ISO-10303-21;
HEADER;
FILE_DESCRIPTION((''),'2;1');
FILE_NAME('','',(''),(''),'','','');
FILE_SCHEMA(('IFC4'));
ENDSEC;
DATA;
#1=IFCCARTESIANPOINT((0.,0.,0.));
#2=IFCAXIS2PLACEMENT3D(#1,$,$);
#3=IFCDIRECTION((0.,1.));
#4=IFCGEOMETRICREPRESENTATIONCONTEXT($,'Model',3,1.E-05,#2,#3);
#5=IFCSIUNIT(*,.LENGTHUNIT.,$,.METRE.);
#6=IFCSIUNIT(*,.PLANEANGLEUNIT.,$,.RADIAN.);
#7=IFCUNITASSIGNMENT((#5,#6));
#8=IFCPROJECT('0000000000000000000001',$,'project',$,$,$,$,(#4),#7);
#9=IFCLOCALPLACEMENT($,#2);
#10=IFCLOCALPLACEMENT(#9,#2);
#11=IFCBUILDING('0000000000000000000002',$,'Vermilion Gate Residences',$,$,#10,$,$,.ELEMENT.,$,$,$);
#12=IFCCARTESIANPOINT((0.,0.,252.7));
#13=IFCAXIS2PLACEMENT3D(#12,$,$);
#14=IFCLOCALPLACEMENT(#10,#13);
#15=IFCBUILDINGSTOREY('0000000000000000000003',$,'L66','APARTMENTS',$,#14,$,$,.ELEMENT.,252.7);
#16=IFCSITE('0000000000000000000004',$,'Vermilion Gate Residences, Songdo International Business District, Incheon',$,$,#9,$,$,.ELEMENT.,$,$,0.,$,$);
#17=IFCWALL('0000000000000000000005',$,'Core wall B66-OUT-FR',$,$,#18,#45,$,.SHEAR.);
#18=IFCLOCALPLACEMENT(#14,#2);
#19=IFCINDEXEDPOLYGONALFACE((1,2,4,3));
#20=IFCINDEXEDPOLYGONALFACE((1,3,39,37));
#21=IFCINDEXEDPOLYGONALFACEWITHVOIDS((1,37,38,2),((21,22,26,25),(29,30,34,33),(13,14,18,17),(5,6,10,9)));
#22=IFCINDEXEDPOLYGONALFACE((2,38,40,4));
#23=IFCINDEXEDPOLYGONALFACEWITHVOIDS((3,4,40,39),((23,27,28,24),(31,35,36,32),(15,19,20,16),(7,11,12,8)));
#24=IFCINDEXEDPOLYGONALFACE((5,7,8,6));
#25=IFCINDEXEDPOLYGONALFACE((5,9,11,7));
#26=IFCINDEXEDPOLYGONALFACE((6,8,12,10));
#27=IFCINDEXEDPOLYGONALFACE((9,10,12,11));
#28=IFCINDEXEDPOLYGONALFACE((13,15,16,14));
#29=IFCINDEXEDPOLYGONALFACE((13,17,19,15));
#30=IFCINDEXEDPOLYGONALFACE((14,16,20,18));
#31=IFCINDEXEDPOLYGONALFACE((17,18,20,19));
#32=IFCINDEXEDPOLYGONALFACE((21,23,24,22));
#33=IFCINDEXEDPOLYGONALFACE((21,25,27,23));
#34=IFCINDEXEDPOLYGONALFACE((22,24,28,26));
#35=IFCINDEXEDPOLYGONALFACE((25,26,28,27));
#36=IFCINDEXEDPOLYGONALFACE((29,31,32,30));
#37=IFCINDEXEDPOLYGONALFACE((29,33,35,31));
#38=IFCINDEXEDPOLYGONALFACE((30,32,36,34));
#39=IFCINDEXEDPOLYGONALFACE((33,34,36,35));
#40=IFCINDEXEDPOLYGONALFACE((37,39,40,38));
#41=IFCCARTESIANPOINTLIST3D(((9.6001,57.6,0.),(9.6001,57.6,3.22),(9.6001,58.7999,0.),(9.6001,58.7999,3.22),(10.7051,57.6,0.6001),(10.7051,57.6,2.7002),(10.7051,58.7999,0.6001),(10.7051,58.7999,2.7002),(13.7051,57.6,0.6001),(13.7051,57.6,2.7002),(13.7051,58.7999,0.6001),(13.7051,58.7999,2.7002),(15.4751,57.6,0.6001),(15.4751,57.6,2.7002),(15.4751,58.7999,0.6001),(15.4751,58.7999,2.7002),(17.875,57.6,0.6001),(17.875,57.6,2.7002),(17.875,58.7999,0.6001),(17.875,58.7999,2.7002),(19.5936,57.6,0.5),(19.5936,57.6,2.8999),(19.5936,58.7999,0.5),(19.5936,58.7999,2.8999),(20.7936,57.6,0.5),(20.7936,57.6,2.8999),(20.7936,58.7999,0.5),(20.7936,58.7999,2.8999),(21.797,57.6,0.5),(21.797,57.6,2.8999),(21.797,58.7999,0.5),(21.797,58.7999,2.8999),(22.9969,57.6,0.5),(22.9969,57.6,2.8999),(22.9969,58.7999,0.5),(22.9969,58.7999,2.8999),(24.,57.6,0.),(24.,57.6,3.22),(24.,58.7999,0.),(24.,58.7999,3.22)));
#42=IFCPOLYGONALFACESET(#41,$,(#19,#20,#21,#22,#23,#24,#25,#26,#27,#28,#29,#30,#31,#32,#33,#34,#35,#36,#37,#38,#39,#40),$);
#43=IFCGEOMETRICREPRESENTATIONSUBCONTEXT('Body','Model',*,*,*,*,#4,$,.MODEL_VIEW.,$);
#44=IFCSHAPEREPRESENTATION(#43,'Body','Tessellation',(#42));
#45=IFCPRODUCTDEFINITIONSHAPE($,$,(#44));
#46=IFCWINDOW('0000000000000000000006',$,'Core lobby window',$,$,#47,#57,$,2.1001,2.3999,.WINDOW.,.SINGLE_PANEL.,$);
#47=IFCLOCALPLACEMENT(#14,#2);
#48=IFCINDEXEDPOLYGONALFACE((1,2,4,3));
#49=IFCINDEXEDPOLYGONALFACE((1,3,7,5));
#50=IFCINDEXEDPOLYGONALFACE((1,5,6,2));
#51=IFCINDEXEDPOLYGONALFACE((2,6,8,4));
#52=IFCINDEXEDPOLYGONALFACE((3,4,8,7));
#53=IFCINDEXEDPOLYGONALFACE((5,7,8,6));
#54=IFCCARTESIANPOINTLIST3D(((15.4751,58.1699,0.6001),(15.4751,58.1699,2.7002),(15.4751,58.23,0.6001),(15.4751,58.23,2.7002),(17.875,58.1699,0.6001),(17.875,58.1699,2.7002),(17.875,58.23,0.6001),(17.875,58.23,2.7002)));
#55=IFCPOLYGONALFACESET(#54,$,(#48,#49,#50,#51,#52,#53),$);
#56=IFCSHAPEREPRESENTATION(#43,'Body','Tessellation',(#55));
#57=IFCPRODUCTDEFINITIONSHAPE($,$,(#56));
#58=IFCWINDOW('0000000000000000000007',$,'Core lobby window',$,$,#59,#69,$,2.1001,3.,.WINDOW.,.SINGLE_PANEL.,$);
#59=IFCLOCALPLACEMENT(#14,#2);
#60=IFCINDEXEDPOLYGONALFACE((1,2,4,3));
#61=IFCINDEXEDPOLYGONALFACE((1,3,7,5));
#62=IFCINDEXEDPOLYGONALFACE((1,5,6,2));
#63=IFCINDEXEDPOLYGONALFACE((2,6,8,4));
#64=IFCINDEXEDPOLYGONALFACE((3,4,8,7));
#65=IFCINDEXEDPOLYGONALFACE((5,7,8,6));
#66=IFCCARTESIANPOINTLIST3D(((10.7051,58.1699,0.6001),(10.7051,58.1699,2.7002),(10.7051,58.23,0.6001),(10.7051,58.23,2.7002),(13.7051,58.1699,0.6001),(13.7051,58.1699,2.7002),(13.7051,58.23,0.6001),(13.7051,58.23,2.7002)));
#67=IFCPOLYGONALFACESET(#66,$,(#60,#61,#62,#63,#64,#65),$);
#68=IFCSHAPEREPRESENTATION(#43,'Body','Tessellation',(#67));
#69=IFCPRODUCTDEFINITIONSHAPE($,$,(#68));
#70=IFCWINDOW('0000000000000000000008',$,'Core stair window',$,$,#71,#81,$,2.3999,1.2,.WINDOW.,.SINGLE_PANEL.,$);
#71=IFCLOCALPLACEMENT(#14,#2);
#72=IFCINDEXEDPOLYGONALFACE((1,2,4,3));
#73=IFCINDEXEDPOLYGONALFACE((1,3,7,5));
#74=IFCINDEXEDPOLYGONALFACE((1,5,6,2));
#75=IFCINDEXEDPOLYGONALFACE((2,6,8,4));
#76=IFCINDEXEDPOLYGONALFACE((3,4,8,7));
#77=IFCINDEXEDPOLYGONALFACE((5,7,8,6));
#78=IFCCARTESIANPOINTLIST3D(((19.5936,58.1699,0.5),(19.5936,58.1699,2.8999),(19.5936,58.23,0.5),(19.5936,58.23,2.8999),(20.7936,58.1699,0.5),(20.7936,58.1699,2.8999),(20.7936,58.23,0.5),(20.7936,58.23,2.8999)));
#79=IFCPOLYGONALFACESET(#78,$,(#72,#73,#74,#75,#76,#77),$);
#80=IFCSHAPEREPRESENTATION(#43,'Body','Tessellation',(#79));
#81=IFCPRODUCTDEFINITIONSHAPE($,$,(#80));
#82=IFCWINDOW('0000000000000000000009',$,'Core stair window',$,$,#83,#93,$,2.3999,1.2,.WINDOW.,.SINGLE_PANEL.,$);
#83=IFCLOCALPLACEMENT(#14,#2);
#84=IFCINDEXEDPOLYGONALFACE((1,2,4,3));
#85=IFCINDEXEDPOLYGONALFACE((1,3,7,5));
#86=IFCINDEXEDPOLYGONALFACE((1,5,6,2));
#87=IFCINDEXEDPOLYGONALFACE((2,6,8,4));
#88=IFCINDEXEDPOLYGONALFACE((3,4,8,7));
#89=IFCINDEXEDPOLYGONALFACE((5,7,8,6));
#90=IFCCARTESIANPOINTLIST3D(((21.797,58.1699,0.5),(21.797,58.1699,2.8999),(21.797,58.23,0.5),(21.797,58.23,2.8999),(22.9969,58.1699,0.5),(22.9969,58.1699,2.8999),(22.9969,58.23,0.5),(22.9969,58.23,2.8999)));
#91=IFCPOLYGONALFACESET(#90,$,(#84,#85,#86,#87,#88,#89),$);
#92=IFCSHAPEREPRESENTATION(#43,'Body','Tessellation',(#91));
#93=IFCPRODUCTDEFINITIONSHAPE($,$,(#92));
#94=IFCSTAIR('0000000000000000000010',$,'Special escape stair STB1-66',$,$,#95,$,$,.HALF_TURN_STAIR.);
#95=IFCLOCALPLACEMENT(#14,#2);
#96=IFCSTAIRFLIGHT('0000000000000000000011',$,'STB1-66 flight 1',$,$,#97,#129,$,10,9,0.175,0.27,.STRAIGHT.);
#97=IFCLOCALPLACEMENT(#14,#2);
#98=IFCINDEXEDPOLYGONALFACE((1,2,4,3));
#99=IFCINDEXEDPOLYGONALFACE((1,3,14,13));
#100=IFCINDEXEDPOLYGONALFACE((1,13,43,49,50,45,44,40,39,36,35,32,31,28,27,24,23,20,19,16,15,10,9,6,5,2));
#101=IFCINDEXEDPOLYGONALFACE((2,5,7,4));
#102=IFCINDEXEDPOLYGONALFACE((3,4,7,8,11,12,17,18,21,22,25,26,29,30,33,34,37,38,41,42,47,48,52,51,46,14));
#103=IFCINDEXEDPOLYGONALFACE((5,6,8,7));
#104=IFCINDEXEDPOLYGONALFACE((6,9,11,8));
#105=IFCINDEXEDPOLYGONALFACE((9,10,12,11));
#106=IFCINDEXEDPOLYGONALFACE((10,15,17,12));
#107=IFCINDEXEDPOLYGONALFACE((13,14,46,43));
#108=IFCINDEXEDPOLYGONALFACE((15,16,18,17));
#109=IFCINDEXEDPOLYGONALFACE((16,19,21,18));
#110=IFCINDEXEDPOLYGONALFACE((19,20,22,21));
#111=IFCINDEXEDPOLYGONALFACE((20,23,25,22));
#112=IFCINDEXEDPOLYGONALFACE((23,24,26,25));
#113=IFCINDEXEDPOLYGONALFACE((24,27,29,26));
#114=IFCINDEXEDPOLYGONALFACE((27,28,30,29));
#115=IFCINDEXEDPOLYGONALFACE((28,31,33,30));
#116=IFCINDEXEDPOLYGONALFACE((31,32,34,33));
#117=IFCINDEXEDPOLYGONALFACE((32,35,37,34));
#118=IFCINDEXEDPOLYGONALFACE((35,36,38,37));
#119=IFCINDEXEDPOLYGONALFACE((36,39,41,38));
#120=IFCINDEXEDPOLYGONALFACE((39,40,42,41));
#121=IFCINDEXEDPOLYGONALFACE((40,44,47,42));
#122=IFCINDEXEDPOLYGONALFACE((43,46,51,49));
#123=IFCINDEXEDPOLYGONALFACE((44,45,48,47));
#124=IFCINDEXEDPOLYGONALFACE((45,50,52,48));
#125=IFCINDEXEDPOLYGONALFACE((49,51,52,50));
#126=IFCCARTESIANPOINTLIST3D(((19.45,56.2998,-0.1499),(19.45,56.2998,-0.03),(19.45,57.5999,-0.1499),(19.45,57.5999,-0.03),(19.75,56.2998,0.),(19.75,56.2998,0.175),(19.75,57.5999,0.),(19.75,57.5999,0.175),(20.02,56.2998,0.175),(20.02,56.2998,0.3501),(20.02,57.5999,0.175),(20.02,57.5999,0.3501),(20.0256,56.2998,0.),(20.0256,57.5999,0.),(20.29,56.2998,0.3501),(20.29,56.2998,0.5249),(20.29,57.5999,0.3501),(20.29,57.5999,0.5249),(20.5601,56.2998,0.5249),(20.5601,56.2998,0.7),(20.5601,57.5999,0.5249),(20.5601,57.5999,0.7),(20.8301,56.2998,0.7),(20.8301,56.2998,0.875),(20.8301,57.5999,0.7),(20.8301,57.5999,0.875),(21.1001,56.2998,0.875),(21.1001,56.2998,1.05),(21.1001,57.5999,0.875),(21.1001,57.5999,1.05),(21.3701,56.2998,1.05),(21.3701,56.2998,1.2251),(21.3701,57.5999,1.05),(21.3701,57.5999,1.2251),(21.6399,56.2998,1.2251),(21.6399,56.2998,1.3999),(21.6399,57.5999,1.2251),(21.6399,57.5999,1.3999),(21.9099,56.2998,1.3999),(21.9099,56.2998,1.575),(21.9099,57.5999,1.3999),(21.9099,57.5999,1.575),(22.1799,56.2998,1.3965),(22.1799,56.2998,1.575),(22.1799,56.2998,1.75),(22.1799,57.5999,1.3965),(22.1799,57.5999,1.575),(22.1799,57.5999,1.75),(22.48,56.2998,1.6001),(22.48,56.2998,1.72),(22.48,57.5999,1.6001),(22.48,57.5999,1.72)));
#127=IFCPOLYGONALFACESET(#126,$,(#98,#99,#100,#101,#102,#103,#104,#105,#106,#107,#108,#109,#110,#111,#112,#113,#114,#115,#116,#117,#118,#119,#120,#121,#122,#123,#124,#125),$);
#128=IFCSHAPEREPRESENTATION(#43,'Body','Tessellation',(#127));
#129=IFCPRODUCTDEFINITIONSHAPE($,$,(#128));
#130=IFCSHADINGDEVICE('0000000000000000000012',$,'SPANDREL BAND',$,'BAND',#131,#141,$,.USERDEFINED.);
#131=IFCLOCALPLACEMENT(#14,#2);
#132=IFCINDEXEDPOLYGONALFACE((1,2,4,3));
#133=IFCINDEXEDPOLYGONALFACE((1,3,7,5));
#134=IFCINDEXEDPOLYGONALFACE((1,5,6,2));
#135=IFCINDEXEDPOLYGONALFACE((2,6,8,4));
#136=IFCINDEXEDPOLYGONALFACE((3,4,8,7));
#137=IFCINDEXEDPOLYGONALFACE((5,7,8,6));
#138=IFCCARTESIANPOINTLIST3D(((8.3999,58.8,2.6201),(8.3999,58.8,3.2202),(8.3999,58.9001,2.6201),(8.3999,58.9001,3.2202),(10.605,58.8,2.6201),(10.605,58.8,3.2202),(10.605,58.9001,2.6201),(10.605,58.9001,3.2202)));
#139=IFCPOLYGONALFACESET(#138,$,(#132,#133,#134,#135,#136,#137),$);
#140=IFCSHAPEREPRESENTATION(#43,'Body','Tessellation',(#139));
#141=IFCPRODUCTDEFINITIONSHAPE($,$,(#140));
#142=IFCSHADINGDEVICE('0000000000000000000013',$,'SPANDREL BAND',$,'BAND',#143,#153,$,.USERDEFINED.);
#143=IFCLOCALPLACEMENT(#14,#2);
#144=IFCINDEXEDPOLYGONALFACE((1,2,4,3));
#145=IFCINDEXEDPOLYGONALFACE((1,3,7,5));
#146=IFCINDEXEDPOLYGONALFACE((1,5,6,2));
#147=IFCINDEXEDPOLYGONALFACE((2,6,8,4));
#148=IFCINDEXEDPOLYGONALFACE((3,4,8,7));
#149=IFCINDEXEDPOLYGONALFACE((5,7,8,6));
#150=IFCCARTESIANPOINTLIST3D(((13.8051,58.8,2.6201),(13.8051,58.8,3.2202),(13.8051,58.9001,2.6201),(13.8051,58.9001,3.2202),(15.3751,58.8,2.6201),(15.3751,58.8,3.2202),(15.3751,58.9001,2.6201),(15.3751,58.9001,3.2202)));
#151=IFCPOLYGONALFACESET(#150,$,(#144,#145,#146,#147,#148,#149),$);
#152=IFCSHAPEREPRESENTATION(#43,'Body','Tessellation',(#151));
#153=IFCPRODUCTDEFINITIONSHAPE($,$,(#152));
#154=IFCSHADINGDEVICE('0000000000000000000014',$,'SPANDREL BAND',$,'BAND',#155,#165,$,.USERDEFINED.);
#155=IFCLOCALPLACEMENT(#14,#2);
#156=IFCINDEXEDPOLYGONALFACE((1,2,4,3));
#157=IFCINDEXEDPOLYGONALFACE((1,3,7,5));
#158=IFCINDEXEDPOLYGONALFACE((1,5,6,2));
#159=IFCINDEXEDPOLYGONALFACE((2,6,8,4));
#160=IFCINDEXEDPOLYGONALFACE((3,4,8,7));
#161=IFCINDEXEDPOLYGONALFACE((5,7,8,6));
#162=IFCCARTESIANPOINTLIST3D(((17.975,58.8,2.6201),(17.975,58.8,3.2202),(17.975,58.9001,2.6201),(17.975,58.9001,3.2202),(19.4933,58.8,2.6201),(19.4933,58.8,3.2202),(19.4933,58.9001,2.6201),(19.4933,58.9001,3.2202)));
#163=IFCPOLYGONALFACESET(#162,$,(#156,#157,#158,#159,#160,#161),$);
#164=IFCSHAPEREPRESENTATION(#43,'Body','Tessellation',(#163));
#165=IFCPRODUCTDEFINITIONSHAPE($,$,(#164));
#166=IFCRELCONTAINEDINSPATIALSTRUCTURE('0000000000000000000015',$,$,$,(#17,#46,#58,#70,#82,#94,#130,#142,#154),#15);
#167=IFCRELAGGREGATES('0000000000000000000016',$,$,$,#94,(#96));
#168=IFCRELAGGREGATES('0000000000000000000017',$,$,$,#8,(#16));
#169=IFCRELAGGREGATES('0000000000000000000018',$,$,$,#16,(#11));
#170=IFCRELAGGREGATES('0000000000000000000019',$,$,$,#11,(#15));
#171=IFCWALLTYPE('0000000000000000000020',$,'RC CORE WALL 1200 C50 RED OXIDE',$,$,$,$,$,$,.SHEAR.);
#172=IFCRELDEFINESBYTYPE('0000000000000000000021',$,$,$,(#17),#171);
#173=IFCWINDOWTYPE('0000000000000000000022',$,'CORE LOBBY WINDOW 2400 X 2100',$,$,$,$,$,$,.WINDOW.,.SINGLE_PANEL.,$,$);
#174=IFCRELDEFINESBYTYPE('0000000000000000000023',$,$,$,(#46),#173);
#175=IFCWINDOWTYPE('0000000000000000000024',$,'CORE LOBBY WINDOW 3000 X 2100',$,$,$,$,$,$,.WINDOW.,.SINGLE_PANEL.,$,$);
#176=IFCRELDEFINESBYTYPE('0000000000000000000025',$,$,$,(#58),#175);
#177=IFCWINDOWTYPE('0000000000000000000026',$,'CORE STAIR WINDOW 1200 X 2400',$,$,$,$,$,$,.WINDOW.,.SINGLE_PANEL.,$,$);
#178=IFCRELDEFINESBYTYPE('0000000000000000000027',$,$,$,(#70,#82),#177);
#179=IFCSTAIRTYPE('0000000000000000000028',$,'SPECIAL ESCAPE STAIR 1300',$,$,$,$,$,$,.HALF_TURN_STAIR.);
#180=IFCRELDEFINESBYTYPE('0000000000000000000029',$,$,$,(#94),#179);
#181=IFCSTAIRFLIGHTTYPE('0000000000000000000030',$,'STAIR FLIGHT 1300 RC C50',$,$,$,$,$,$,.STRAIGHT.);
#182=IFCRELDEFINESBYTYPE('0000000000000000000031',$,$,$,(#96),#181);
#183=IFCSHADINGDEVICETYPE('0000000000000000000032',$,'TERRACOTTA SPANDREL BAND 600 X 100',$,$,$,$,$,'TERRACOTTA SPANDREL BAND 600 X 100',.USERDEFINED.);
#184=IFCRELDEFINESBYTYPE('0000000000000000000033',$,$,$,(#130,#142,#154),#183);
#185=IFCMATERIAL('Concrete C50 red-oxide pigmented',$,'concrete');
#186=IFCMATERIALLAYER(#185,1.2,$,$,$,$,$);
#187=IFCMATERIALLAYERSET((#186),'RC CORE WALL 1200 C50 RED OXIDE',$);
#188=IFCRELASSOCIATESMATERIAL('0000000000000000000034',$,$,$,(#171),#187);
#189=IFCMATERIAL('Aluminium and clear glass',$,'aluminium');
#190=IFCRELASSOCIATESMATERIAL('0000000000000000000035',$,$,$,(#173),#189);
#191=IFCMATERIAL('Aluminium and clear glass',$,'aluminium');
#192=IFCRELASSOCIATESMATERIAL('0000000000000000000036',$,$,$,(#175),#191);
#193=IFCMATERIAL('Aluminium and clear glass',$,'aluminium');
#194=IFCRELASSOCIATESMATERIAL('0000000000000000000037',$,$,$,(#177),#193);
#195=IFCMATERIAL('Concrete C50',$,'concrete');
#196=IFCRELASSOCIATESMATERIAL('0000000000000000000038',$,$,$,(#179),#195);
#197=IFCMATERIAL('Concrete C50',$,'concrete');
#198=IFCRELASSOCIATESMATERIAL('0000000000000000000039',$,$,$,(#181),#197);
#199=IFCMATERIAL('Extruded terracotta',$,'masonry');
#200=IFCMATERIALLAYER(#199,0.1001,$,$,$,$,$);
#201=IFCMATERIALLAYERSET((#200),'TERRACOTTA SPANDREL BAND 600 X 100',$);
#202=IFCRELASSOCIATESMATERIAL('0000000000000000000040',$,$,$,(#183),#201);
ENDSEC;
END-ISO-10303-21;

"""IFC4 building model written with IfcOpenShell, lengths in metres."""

from ifc_helpers import new_model, si_unit, direction, frame, frame_2d, origin, origin_2d, place, context, subcontext, project, spatial, polyline, rectangle, outline, extrude, material, layer, layer_set, type_object, element, fill, aggregate, save


model = new_model("IFC4")

# Units and contexts
model_context = context("Model", 3, precision=1e-05, world=origin(), true_north=direction((0.0, 1.0)))
body_context = subcontext(model_context, "Body", "Model", "MODEL_VIEW")
ifc_project = project(units=[si_unit("LENGTHUNIT", "METRE"), si_unit("PLANEANGLEUNIT", "RADIAN")], contexts=[model_context])

# Site, building, storey
site_placement = place(None, origin())
site = spatial("IfcSite", under=ifc_project, at=site_placement, Name="Vermilion Gate Residences, Songdo International Business District, Incheon", CompositionType="ELEMENT", RefElevation=0.0)
building_placement = place(site_placement, origin())
building = spatial("IfcBuilding", under=site, at=building_placement, Name="Vermilion Gate Residences", CompositionType="ELEMENT")
storey_placement = place(building_placement, frame((0.0, 0.0, 252.7)))
storey = spatial("IfcBuildingStorey", under=building, at=storey_placement, Name="L66", Description="APARTMENTS", CompositionType="ELEMENT", Elevation=252.7)

# Wall, openings, windows
ifc_material_1 = material(Name="Concrete C50 red-oxide pigmented", Category="concrete")
ifc_layer_1 = layer(ifc_material_1, 1.2)
ifc_layer_set_1 = layer_set([ifc_layer_1], Name="RC CORE WALL 1200 C50 RED OXIDE")
wall_type_1 = type_object("IfcWallType", Name="RC CORE WALL 1200 C50 RED OXIDE", PredefinedType="SHEAR", material=ifc_layer_set_1)
ifc_material_2 = material(Name="Aluminium and clear glass", Category="aluminium")
window_type_1 = type_object("IfcWindowType", Name="CORE LOBBY WINDOW 2400 X 2100", PartitioningType="SINGLE_PANEL", PredefinedType="WINDOW", material=ifc_material_2)
wall_1_placement = place(storey_placement, frame((9.6001, 58.2, 0.0), z_axis=(0.0, 0.0, 1.0), x_axis=(1.0, 0.0, 0.0)))
wall_1 = element("IfcWall", 1, at=wall_1_placement, inside=storey, type_object=wall_type_1, Name="Core wall B66-OUT-FR", PredefinedType="SHEAR", context=body_context, shape_type="SweptSolid", body=[
    extrude(rectangle(XDim=14.3999, YDim=1.2, at=frame_2d((7.2, 0.0))), origin(), (0.0, 0.0, 1.0), 3.22),
])
opening_1_placement = place(wall_1_placement, frame((1.105, 0.0, 0.6001)))
opening_1 = element("IfcOpeningElement", 2, at=opening_1_placement, cuts=wall_1, PredefinedType="OPENING", context=body_context, shape_type="SweptSolid", body=[
    extrude(rectangle(XDim=3.0, YDim=2.1001, at=frame_2d((1.5, 1.05))), frame((0.0, 0.6099, 0.0), z_axis=(0.0, -1.0, 0.0), x_axis=(1.0, 0.0, 0.0)), (0.0, 0.0, 1.0), 1.22),
])
opening_2_placement = place(wall_1_placement, frame((5.875, 0.0, 0.6001)))
opening_2 = element("IfcOpeningElement", 3, at=opening_2_placement, cuts=wall_1, PredefinedType="OPENING", context=body_context, shape_type="SweptSolid", body=[
    extrude(rectangle(XDim=2.3999, YDim=2.1001, at=frame_2d((1.2, 1.05))), frame((0.0, 0.6099, 0.0), z_axis=(0.0, -1.0, 0.0), x_axis=(1.0, 0.0, 0.0)), (0.0, 0.0, 1.0), 1.22),
])
opening_3_placement = place(wall_1_placement, frame((9.9934, 0.0, 0.5)))
opening_3 = element("IfcOpeningElement", 4, at=opening_3_placement, cuts=wall_1, PredefinedType="OPENING", context=body_context, shape_type="SweptSolid", body=[
    extrude(rectangle(XDim=1.2, YDim=2.3999, at=frame_2d((0.6001, 1.2))), frame((0.0, 0.6099, 0.0), z_axis=(0.0, -1.0, 0.0), x_axis=(1.0, 0.0, 0.0)), (0.0, 0.0, 1.0), 1.22),
])
opening_4_placement = place(wall_1_placement, frame((12.1968, 0.0, 0.5)))
opening_4 = element("IfcOpeningElement", 5, at=opening_4_placement, cuts=wall_1, PredefinedType="OPENING", context=body_context, shape_type="SweptSolid", body=[
    extrude(rectangle(XDim=1.2, YDim=2.3999, at=frame_2d((0.6001, 1.2))), frame((0.0, 0.6099, 0.0), z_axis=(0.0, -1.0, 0.0), x_axis=(1.0, 0.0, 0.0)), (0.0, 0.0, 1.0), 1.22),
])
window_1_placement = place(opening_2_placement, origin())
window_1 = element("IfcWindow", 6, at=window_1_placement, inside=storey, type_object=window_type_1, Name="Core lobby window", OverallHeight=2.1001, OverallWidth=2.3999, PartitioningType="SINGLE_PANEL", PredefinedType="WINDOW", context=body_context, shape_type="SweptSolid", body=[
    extrude(rectangle(XDim=2.3999, YDim=2.1001, at=frame_2d((1.2, 1.05))), frame((0.0, 0.03, 0.0), z_axis=(0.0, -1.0, 0.0), x_axis=(1.0, 0.0, 0.0)), (0.0, 0.0, 1.0), 0.0601),
])
fill(opening_2, window_1)
ifc_material_3 = material(Name="Aluminium and clear glass", Category="aluminium")
window_type_2 = type_object("IfcWindowType", Name="CORE LOBBY WINDOW 3000 X 2100", PartitioningType="SINGLE_PANEL", PredefinedType="WINDOW", material=ifc_material_3)
window_2_placement = place(opening_1_placement, origin())
window_2 = element("IfcWindow", 7, at=window_2_placement, inside=storey, type_object=window_type_2, Name="Core lobby window", OverallHeight=2.1001, OverallWidth=3.0, PartitioningType="SINGLE_PANEL", PredefinedType="WINDOW", context=body_context, shape_type="SweptSolid", body=[
    extrude(rectangle(XDim=3.0, YDim=2.1001, at=frame_2d((1.5, 1.05))), frame((0.0, 0.03, 0.0), z_axis=(0.0, -1.0, 0.0), x_axis=(1.0, 0.0, 0.0)), (0.0, 0.0, 1.0), 0.0601),
])
fill(opening_1, window_2)
ifc_material_4 = material(Name="Aluminium and clear glass", Category="aluminium")
window_type_3 = type_object("IfcWindowType", Name="CORE STAIR WINDOW 1200 X 2400", PartitioningType="SINGLE_PANEL", PredefinedType="WINDOW", material=ifc_material_4)
window_3_placement = place(opening_3_placement, origin())
window_3 = element("IfcWindow", 8, at=window_3_placement, inside=storey, type_object=window_type_3, Name="Core stair window", OverallHeight=2.3999, OverallWidth=1.2, PartitioningType="SINGLE_PANEL", PredefinedType="WINDOW", context=body_context, shape_type="SweptSolid", body=[
    extrude(rectangle(XDim=1.2, YDim=2.3999, at=frame_2d((0.6001, 1.2))), frame((0.0, 0.03, 0.0), z_axis=(0.0, -1.0, 0.0), x_axis=(1.0, 0.0, 0.0)), (0.0, 0.0, 1.0), 0.0601),
])
fill(opening_3, window_3)
window_4_placement = place(opening_4_placement, origin())
window_4 = element("IfcWindow", 9, at=window_4_placement, inside=storey, type_object=window_type_3, Name="Core stair window", OverallHeight=2.3999, OverallWidth=1.2, PartitioningType="SINGLE_PANEL", PredefinedType="WINDOW", context=body_context, shape_type="SweptSolid", body=[
    extrude(rectangle(XDim=1.2, YDim=2.3999, at=frame_2d((0.6001, 1.2))), frame((0.0, 0.03, 0.0), z_axis=(0.0, -1.0, 0.0), x_axis=(1.0, 0.0, 0.0)), (0.0, 0.0, 1.0), 0.0601),
])
fill(opening_4, window_4)

# Stair, stair flight
ifc_material_5 = material(Name="Concrete C50", Category="concrete")
stair_type = type_object("IfcStairType", Name="SPECIAL ESCAPE STAIR 1300", PredefinedType="HALF_TURN_STAIR", material=ifc_material_5)
stair_placement = place(storey_placement, origin())
stair = element("IfcStair", 10, at=stair_placement, inside=storey, type_object=stair_type, Name="Special escape stair STB1-66", PredefinedType="HALF_TURN_STAIR")
ifc_material_6 = material(Name="Concrete C50", Category="concrete")
stair_flight_type = type_object("IfcStairFlightType", Name="STAIR FLIGHT 1300 RC C50", PredefinedType="STRAIGHT", material=ifc_material_6)
stair_flight_placement = place(storey_placement, frame((19.75, 56.95, 0.0), z_axis=(0.0, 0.0, 1.0), x_axis=(1.0, 0.0, 0.0)))
stair_flight = element("IfcStairFlight", 11, at=stair_flight_placement, type_object=stair_flight_type, Name="STB1-66 flight 1", NumberOfRisers=10, NumberOfTreads=9, PredefinedType="STRAIGHT", RiserHeight=0.175, TreadLength=0.27, context=body_context, shape_type="SweptSolid", body=[
    extrude(outline(polyline([(-0.3, -0.1499), (-0.3, -0.03), (0.0, 0.0), (0.0, 0.175), (0.27, 0.175), (0.27, 0.3501), (0.54, 0.3501), (0.54, 0.5249), (0.8101, 0.5249), (0.8101, 0.7), (1.0801, 0.7), (1.0801, 0.875), (1.3501, 0.875), (1.3501, 1.05), (1.6201, 1.05), (1.6201, 1.2251), (1.8899, 1.2251), (1.8899, 1.3999), (2.1599, 1.3999), (2.1599, 1.575), (2.4299, 1.575), (2.4299, 1.75), (2.73, 1.72), (2.73, 1.6001), (2.4299, 1.3965), (0.2756, 0.0), (-0.3, -0.1499)])), frame((0.0, 0.6499, 0.0), z_axis=(0.0, -1.0, 0.0), x_axis=(1.0, 0.0, 0.0)), (0.0, 0.0, 1.0), 1.3),
])
aggregate(stair, [stair_flight])

# Shading devices
ifc_material_7 = material(Name="Extruded terracotta", Category="masonry")
ifc_layer_2 = layer(ifc_material_7, 0.1001)
ifc_layer_set_2 = layer_set([ifc_layer_2], Name="TERRACOTTA SPANDREL BAND 600 X 100")
shading_device_type = type_object("IfcShadingDeviceType", Name="TERRACOTTA SPANDREL BAND 600 X 100", ElementType="TERRACOTTA SPANDREL BAND 600 X 100", PredefinedType="USERDEFINED", material=ifc_layer_set_2)
shading_device_1_placement = place(storey_placement, frame((9.5024, 58.8501, 2.6201), z_axis=(0.0, 0.0, 1.0), x_axis=(1.0, 0.0, 0.0)))
element("IfcShadingDevice", 12, at=shading_device_1_placement, inside=storey, type_object=shading_device_type, Name="SPANDREL BAND", ObjectType="BAND", PredefinedType="USERDEFINED", context=body_context, shape_type="SweptSolid", body=[
    extrude(rectangle(XDim=2.2051, YDim=0.1001, at=origin_2d()), origin(), (0.0, 0.0, 1.0), 0.6001),
])
shading_device_2_placement = place(storey_placement, frame((14.5901, 58.8501, 2.6201), z_axis=(0.0, 0.0, 1.0), x_axis=(1.0, 0.0, 0.0)))
element("IfcShadingDevice", 13, at=shading_device_2_placement, inside=storey, type_object=shading_device_type, Name="SPANDREL BAND", ObjectType="BAND", PredefinedType="USERDEFINED", context=body_context, shape_type="SweptSolid", body=[
    extrude(rectangle(XDim=1.5701, YDim=0.1001, at=origin_2d()), origin(), (0.0, 0.0, 1.0), 0.6001),
])
shading_device_3_placement = place(storey_placement, frame((18.7341, 58.8501, 2.6201), z_axis=(0.0, 0.0, 1.0), x_axis=(1.0, 0.0, 0.0)))
element("IfcShadingDevice", 14, at=shading_device_3_placement, inside=storey, type_object=shading_device_type, Name="SPANDREL BAND", ObjectType="BAND", PredefinedType="USERDEFINED", context=body_context, shape_type="SweptSolid", body=[
    extrude(rectangle(XDim=1.5183, YDim=0.1001, at=origin_2d()), origin(), (0.0, 0.0, 1.0), 0.6001),
])

save(model, "model.ifc")
